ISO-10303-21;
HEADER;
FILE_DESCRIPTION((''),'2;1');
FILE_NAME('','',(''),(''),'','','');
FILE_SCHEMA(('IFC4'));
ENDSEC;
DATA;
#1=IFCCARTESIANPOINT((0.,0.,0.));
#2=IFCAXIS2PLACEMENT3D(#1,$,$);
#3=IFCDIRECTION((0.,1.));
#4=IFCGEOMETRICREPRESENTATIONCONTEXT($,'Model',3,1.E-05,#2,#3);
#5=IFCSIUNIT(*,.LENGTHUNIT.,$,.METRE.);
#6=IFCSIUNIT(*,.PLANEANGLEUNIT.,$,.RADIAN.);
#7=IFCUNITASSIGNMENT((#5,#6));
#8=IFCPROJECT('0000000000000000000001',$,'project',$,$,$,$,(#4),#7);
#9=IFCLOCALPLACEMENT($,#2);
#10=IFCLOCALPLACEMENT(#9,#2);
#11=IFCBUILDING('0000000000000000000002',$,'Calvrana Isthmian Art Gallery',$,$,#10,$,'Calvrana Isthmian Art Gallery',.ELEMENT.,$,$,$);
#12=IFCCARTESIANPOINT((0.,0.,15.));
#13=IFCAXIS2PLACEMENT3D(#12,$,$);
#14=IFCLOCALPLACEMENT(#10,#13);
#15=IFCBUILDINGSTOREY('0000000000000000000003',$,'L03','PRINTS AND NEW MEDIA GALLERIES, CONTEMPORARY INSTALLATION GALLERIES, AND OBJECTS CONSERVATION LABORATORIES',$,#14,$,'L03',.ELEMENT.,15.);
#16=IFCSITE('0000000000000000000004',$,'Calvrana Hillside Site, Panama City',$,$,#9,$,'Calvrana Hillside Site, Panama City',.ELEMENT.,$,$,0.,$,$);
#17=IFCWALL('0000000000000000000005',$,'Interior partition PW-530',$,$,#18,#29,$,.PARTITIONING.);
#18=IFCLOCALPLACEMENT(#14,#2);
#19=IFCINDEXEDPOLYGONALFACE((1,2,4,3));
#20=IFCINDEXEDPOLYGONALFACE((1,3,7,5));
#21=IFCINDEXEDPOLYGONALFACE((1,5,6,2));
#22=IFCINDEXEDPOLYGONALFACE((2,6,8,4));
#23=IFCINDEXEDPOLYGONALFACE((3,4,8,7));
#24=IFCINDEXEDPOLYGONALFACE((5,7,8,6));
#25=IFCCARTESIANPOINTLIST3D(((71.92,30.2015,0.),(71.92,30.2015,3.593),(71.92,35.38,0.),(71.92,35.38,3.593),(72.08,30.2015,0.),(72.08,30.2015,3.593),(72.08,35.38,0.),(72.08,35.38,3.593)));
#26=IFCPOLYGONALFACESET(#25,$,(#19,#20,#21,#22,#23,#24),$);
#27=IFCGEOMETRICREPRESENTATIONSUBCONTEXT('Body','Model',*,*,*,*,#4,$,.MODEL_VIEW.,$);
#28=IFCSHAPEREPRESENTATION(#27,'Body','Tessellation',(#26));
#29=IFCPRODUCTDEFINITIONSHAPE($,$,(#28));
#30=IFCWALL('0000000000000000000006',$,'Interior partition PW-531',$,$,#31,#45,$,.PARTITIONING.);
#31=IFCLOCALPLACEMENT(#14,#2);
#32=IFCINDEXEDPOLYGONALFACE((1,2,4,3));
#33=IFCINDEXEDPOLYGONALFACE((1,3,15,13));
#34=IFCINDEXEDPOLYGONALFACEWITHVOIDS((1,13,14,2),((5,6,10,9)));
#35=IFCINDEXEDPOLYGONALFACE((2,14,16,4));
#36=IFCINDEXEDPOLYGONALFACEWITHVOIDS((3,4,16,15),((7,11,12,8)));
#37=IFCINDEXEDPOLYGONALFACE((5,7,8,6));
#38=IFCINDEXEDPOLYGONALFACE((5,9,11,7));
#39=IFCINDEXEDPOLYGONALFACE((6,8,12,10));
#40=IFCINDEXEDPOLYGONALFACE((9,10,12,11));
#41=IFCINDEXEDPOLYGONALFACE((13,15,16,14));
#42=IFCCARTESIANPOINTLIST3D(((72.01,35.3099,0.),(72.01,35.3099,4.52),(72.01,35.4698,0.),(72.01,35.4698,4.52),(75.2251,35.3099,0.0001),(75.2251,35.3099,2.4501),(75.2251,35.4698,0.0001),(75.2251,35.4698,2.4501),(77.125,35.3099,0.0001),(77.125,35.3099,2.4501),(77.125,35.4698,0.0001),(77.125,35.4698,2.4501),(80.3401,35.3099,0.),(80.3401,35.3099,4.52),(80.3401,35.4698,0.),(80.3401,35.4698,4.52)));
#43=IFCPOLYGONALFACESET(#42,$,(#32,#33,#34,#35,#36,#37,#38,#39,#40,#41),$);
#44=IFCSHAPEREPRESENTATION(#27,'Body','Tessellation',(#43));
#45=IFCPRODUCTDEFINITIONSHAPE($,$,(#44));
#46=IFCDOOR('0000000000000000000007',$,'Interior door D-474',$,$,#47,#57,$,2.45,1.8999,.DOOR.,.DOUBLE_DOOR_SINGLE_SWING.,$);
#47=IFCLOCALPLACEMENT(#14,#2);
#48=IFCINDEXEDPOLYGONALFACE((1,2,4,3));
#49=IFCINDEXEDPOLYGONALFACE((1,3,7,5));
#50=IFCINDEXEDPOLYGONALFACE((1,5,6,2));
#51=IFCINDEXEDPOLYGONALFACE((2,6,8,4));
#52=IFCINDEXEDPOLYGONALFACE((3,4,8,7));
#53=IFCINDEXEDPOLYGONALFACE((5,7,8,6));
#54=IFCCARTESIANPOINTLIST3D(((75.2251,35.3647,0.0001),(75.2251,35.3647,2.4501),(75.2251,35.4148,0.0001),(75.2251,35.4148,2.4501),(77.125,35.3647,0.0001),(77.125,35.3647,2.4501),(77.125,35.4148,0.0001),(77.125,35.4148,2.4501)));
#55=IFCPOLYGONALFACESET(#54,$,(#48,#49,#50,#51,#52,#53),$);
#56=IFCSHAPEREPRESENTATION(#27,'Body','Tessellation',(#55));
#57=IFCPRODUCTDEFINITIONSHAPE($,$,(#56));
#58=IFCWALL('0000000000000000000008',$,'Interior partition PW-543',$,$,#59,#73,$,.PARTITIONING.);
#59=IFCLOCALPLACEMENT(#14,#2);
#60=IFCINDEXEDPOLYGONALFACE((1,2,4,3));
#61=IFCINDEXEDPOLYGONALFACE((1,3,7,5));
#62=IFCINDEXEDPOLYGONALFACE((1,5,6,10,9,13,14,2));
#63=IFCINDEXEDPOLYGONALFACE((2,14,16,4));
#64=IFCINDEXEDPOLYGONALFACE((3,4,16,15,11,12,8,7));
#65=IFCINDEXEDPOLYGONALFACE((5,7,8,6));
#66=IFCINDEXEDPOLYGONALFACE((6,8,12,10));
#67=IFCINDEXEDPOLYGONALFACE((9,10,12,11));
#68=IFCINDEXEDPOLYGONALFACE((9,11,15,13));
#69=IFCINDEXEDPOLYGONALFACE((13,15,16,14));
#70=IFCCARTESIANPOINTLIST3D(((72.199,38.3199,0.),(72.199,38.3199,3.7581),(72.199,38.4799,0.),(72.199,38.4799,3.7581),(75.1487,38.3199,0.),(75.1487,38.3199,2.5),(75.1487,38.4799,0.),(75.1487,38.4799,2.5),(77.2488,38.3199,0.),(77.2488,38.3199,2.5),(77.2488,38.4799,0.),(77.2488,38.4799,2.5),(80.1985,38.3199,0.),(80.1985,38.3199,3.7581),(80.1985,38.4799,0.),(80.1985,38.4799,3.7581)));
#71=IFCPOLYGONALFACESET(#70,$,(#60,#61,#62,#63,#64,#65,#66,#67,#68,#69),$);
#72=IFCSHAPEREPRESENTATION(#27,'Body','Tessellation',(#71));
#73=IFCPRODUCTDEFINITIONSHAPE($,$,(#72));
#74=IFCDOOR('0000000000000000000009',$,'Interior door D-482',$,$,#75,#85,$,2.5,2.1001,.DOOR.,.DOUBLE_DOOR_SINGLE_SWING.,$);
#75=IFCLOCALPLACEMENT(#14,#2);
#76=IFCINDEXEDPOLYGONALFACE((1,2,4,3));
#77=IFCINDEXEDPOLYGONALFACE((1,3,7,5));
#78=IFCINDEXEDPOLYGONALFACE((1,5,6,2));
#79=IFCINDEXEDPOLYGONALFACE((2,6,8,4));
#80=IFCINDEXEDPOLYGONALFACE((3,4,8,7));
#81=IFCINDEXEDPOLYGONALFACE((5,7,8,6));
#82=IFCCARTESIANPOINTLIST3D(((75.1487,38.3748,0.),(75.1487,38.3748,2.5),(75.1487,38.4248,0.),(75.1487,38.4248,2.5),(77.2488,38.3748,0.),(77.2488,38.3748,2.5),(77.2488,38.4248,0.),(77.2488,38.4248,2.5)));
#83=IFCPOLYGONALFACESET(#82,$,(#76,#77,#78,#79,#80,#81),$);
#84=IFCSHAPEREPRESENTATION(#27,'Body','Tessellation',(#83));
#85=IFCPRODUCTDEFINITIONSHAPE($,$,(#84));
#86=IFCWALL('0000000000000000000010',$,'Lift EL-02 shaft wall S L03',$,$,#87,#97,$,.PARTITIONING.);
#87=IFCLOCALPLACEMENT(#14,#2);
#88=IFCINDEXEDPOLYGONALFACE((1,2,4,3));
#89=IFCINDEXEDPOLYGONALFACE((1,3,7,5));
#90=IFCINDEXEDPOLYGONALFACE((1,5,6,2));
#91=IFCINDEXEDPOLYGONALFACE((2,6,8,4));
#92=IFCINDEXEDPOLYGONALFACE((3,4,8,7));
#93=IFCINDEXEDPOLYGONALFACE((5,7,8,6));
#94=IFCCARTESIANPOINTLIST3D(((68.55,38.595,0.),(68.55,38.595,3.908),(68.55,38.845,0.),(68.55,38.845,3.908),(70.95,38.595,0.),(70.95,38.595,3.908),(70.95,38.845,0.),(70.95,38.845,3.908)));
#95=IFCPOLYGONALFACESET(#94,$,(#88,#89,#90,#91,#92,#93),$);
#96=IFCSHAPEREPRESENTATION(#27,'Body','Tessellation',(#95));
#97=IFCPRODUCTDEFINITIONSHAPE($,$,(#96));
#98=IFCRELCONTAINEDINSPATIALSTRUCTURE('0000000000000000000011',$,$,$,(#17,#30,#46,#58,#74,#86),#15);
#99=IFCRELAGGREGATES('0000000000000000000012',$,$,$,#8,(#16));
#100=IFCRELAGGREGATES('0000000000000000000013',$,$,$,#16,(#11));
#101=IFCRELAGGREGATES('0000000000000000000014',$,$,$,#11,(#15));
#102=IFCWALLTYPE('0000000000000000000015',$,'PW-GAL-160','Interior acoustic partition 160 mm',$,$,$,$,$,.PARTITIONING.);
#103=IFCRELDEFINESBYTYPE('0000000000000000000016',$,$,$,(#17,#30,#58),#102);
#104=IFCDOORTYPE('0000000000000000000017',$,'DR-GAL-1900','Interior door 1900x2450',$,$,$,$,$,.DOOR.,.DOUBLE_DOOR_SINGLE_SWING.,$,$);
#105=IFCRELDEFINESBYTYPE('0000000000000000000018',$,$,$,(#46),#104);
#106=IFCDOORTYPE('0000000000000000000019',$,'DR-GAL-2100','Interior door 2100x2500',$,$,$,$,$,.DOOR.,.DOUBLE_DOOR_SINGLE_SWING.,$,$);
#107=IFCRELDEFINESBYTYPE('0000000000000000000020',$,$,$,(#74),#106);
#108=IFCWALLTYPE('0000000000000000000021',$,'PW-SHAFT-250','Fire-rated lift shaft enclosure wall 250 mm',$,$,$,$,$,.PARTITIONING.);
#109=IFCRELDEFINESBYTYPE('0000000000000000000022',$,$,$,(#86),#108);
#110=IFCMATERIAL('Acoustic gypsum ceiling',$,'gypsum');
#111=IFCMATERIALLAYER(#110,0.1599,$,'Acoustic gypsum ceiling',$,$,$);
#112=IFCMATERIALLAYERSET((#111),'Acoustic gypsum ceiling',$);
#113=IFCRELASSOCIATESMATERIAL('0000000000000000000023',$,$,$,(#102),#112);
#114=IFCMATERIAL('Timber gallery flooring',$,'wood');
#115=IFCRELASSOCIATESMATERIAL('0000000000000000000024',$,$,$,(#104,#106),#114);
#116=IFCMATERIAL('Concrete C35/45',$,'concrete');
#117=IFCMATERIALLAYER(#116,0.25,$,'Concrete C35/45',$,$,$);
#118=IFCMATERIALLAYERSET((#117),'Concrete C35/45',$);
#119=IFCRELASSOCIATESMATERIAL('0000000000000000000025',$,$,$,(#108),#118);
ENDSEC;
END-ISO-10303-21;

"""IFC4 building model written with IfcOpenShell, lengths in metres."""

from ifc_helpers import new_model, si_unit, direction, frame, frame_2d, origin, place, context, subcontext, project, spatial, rectangle, extrude, material, layer, layer_set, type_object, element, fill, save


model = new_model("IFC4")

# Units and contexts
model_context = context("Model", 3, precision=1e-05, world=origin(), true_north=direction((0.0, 1.0)))
body_context = subcontext(model_context, "Body", "Model", "MODEL_VIEW")
ifc_project = project(units=[si_unit("LENGTHUNIT", "METRE"), si_unit("PLANEANGLEUNIT", "RADIAN")], contexts=[model_context])

# Site, building, storey
site_placement = place(None, origin())
site = spatial("IfcSite", under=ifc_project, at=site_placement, Name="Calvrana Hillside Site, Panama City", LongName="Calvrana Hillside Site, Panama City", CompositionType="ELEMENT", RefElevation=0.0)
building_placement = place(site_placement, origin())
building = spatial("IfcBuilding", under=site, at=building_placement, Name="Calvrana Isthmian Art Gallery", LongName="Calvrana Isthmian Art Gallery", CompositionType="ELEMENT")
storey_placement = place(building_placement, frame((0.0, 0.0, 15.0)))
storey = spatial("IfcBuildingStorey", under=building, at=storey_placement, Name="L03", Description="PRINTS AND NEW MEDIA GALLERIES, CONTEMPORARY INSTALLATION GALLERIES, AND OBJECTS CONSERVATION LABORATORIES", LongName="L03", CompositionType="ELEMENT", Elevation=15.0)

# Wall
ifc_material_1 = material(Name="Acoustic gypsum ceiling", Category="gypsum")
ifc_layer_1 = layer(ifc_material_1, 0.1599, Name="Acoustic gypsum ceiling")
ifc_layer_set_1 = layer_set([ifc_layer_1], Name="Acoustic gypsum ceiling")
wall_type_1 = type_object("IfcWallType", Name="PW-GAL-160", Description="Interior acoustic partition 160 mm", PredefinedType="PARTITIONING", material=ifc_layer_set_1)
wall_1_placement = place(storey_placement, frame((72.0, 30.2014, 0.0), z_axis=(0.0, 0.0, 1.0), x_axis=(0.0, 1.0, 0.0)))
element("IfcWall", 1, at=wall_1_placement, inside=storey, type_object=wall_type_1, Name="Interior partition PW-530", PredefinedType="PARTITIONING", context=body_context, shape_type="SweptSolid", body=[
    extrude(rectangle(XDim=5.1785, YDim=0.1599, at=frame_2d((2.5894, 0.0))), origin(), (0.0, 0.0, 1.0), 3.593),
])

# Walls, openings, doors
wall_2_placement = place(storey_placement, frame((72.01, 35.3899, 0.0), z_axis=(0.0, 0.0, 1.0), x_axis=(1.0, 0.0, 0.0)))
wall_2 = element("IfcWall", 2, at=wall_2_placement, inside=storey, type_object=wall_type_1, Name="Interior partition PW-531", PredefinedType="PARTITIONING", context=body_context, shape_type="SweptSolid", body=[
    extrude(rectangle(XDim=8.3301, YDim=0.1599, at=frame_2d((4.165, 0.0))), origin(), (0.0, 0.0, 1.0), 4.52),
])
opening_1_placement = place(wall_2_placement, frame((3.2151, 0.0, 0.0)))
opening_1 = element("IfcOpeningElement", 3, at=opening_1_placement, cuts=wall_2, PredefinedType="OPENING", context=body_context, shape_type="SweptSolid", body=[
    extrude(rectangle(XDim=1.8999, YDim=2.45, at=frame_2d((0.95, 1.2251))), frame((0.0, 0.0903, 0.0), z_axis=(0.0, -1.0, 0.0), x_axis=(1.0, 0.0, 0.0)), (0.0, 0.0, 1.0), 0.1804),
])
ifc_material_2 = material(Name="Timber gallery flooring", Category="wood")
door_type_1 = type_object("IfcDoorType", Name="DR-GAL-1900", Description="Interior door 1900x2450", OperationType="DOUBLE_DOOR_SINGLE_SWING", PredefinedType="DOOR", material=ifc_material_2)
door_1_placement = place(opening_1_placement, origin())
door_1 = element("IfcDoor", 4, at=door_1_placement, inside=storey, type_object=door_type_1, Name="Interior door D-474", OperationType="DOUBLE_DOOR_SINGLE_SWING", OverallHeight=2.45, OverallWidth=1.8999, PredefinedType="DOOR", context=body_context, shape_type="SweptSolid", body=[
    extrude(rectangle(XDim=1.8999, YDim=2.45, at=frame_2d((0.95, 1.2251))), frame((0.0, 0.0249, 0.0), z_axis=(0.0, -1.0, 0.0), x_axis=(1.0, 0.0, 0.0)), (0.0, 0.0, 1.0), 0.05),
])
fill(opening_1, door_1)
wall_3_placement = place(storey_placement, frame((72.199, 38.3999, 0.0), z_axis=(0.0, 0.0, 1.0), x_axis=(1.0, 0.0, 0.0)))
wall_3 = element("IfcWall", 5, at=wall_3_placement, inside=storey, type_object=wall_type_1, Name="Interior partition PW-543", PredefinedType="PARTITIONING", context=body_context, shape_type="SweptSolid", body=[
    extrude(rectangle(XDim=7.9995, YDim=0.1599, at=frame_2d((3.9998, 0.0))), origin(), (0.0, 0.0, 1.0), 3.7581),
])
opening_2_placement = place(wall_3_placement, frame((2.9497, 0.0, 0.0)))
opening_2 = element("IfcOpeningElement", 6, at=opening_2_placement, cuts=wall_3, PredefinedType="OPENING", context=body_context, shape_type="SweptSolid", body=[
    extrude(rectangle(XDim=2.1001, YDim=2.5, at=frame_2d((1.05, 1.25))), frame((0.0, 0.0903, 0.0), z_axis=(0.0, -1.0, 0.0), x_axis=(1.0, 0.0, 0.0)), (0.0, 0.0, 1.0), 0.1804),
])
door_type_2 = type_object("IfcDoorType", Name="DR-GAL-2100", Description="Interior door 2100x2500", OperationType="DOUBLE_DOOR_SINGLE_SWING", PredefinedType="DOOR", material=ifc_material_2)
door_2_placement = place(opening_2_placement, origin())
door_2 = element("IfcDoor", 7, at=door_2_placement, inside=storey, type_object=door_type_2, Name="Interior door D-482", OperationType="DOUBLE_DOOR_SINGLE_SWING", OverallHeight=2.5, OverallWidth=2.1001, PredefinedType="DOOR", context=body_context, shape_type="SweptSolid", body=[
    extrude(rectangle(XDim=2.1001, YDim=2.5, at=frame_2d((1.05, 1.25))), frame((0.0, 0.0249, 0.0), z_axis=(0.0, -1.0, 0.0), x_axis=(1.0, 0.0, 0.0)), (0.0, 0.0, 1.0), 0.05),
])
fill(opening_2, door_2)

# Wall
ifc_material_3 = material(Name="Concrete C35/45", Category="concrete")
ifc_layer_2 = layer(ifc_material_3, 0.25, Name="Concrete C35/45")
ifc_layer_set_2 = layer_set([ifc_layer_2], Name="Concrete C35/45")
wall_type_2 = type_object("IfcWallType", Name="PW-SHAFT-250", Description="Fire-rated lift shaft enclosure wall 250 mm", PredefinedType="PARTITIONING", material=ifc_layer_set_2)
wall_4_placement = place(storey_placement, frame((68.55, 38.72, 0.0), z_axis=(0.0, 0.0, 1.0), x_axis=(1.0, 0.0, 0.0)))
element("IfcWall", 8, at=wall_4_placement, inside=storey, type_object=wall_type_2, Name="Lift EL-02 shaft wall S L03", PredefinedType="PARTITIONING", context=body_context, shape_type="SweptSolid", body=[
    extrude(rectangle(XDim=2.3999, YDim=0.25, at=frame_2d((1.2, 0.0))), origin(), (0.0, 0.0, 1.0), 3.908),
])

save(model, "model.ifc")
